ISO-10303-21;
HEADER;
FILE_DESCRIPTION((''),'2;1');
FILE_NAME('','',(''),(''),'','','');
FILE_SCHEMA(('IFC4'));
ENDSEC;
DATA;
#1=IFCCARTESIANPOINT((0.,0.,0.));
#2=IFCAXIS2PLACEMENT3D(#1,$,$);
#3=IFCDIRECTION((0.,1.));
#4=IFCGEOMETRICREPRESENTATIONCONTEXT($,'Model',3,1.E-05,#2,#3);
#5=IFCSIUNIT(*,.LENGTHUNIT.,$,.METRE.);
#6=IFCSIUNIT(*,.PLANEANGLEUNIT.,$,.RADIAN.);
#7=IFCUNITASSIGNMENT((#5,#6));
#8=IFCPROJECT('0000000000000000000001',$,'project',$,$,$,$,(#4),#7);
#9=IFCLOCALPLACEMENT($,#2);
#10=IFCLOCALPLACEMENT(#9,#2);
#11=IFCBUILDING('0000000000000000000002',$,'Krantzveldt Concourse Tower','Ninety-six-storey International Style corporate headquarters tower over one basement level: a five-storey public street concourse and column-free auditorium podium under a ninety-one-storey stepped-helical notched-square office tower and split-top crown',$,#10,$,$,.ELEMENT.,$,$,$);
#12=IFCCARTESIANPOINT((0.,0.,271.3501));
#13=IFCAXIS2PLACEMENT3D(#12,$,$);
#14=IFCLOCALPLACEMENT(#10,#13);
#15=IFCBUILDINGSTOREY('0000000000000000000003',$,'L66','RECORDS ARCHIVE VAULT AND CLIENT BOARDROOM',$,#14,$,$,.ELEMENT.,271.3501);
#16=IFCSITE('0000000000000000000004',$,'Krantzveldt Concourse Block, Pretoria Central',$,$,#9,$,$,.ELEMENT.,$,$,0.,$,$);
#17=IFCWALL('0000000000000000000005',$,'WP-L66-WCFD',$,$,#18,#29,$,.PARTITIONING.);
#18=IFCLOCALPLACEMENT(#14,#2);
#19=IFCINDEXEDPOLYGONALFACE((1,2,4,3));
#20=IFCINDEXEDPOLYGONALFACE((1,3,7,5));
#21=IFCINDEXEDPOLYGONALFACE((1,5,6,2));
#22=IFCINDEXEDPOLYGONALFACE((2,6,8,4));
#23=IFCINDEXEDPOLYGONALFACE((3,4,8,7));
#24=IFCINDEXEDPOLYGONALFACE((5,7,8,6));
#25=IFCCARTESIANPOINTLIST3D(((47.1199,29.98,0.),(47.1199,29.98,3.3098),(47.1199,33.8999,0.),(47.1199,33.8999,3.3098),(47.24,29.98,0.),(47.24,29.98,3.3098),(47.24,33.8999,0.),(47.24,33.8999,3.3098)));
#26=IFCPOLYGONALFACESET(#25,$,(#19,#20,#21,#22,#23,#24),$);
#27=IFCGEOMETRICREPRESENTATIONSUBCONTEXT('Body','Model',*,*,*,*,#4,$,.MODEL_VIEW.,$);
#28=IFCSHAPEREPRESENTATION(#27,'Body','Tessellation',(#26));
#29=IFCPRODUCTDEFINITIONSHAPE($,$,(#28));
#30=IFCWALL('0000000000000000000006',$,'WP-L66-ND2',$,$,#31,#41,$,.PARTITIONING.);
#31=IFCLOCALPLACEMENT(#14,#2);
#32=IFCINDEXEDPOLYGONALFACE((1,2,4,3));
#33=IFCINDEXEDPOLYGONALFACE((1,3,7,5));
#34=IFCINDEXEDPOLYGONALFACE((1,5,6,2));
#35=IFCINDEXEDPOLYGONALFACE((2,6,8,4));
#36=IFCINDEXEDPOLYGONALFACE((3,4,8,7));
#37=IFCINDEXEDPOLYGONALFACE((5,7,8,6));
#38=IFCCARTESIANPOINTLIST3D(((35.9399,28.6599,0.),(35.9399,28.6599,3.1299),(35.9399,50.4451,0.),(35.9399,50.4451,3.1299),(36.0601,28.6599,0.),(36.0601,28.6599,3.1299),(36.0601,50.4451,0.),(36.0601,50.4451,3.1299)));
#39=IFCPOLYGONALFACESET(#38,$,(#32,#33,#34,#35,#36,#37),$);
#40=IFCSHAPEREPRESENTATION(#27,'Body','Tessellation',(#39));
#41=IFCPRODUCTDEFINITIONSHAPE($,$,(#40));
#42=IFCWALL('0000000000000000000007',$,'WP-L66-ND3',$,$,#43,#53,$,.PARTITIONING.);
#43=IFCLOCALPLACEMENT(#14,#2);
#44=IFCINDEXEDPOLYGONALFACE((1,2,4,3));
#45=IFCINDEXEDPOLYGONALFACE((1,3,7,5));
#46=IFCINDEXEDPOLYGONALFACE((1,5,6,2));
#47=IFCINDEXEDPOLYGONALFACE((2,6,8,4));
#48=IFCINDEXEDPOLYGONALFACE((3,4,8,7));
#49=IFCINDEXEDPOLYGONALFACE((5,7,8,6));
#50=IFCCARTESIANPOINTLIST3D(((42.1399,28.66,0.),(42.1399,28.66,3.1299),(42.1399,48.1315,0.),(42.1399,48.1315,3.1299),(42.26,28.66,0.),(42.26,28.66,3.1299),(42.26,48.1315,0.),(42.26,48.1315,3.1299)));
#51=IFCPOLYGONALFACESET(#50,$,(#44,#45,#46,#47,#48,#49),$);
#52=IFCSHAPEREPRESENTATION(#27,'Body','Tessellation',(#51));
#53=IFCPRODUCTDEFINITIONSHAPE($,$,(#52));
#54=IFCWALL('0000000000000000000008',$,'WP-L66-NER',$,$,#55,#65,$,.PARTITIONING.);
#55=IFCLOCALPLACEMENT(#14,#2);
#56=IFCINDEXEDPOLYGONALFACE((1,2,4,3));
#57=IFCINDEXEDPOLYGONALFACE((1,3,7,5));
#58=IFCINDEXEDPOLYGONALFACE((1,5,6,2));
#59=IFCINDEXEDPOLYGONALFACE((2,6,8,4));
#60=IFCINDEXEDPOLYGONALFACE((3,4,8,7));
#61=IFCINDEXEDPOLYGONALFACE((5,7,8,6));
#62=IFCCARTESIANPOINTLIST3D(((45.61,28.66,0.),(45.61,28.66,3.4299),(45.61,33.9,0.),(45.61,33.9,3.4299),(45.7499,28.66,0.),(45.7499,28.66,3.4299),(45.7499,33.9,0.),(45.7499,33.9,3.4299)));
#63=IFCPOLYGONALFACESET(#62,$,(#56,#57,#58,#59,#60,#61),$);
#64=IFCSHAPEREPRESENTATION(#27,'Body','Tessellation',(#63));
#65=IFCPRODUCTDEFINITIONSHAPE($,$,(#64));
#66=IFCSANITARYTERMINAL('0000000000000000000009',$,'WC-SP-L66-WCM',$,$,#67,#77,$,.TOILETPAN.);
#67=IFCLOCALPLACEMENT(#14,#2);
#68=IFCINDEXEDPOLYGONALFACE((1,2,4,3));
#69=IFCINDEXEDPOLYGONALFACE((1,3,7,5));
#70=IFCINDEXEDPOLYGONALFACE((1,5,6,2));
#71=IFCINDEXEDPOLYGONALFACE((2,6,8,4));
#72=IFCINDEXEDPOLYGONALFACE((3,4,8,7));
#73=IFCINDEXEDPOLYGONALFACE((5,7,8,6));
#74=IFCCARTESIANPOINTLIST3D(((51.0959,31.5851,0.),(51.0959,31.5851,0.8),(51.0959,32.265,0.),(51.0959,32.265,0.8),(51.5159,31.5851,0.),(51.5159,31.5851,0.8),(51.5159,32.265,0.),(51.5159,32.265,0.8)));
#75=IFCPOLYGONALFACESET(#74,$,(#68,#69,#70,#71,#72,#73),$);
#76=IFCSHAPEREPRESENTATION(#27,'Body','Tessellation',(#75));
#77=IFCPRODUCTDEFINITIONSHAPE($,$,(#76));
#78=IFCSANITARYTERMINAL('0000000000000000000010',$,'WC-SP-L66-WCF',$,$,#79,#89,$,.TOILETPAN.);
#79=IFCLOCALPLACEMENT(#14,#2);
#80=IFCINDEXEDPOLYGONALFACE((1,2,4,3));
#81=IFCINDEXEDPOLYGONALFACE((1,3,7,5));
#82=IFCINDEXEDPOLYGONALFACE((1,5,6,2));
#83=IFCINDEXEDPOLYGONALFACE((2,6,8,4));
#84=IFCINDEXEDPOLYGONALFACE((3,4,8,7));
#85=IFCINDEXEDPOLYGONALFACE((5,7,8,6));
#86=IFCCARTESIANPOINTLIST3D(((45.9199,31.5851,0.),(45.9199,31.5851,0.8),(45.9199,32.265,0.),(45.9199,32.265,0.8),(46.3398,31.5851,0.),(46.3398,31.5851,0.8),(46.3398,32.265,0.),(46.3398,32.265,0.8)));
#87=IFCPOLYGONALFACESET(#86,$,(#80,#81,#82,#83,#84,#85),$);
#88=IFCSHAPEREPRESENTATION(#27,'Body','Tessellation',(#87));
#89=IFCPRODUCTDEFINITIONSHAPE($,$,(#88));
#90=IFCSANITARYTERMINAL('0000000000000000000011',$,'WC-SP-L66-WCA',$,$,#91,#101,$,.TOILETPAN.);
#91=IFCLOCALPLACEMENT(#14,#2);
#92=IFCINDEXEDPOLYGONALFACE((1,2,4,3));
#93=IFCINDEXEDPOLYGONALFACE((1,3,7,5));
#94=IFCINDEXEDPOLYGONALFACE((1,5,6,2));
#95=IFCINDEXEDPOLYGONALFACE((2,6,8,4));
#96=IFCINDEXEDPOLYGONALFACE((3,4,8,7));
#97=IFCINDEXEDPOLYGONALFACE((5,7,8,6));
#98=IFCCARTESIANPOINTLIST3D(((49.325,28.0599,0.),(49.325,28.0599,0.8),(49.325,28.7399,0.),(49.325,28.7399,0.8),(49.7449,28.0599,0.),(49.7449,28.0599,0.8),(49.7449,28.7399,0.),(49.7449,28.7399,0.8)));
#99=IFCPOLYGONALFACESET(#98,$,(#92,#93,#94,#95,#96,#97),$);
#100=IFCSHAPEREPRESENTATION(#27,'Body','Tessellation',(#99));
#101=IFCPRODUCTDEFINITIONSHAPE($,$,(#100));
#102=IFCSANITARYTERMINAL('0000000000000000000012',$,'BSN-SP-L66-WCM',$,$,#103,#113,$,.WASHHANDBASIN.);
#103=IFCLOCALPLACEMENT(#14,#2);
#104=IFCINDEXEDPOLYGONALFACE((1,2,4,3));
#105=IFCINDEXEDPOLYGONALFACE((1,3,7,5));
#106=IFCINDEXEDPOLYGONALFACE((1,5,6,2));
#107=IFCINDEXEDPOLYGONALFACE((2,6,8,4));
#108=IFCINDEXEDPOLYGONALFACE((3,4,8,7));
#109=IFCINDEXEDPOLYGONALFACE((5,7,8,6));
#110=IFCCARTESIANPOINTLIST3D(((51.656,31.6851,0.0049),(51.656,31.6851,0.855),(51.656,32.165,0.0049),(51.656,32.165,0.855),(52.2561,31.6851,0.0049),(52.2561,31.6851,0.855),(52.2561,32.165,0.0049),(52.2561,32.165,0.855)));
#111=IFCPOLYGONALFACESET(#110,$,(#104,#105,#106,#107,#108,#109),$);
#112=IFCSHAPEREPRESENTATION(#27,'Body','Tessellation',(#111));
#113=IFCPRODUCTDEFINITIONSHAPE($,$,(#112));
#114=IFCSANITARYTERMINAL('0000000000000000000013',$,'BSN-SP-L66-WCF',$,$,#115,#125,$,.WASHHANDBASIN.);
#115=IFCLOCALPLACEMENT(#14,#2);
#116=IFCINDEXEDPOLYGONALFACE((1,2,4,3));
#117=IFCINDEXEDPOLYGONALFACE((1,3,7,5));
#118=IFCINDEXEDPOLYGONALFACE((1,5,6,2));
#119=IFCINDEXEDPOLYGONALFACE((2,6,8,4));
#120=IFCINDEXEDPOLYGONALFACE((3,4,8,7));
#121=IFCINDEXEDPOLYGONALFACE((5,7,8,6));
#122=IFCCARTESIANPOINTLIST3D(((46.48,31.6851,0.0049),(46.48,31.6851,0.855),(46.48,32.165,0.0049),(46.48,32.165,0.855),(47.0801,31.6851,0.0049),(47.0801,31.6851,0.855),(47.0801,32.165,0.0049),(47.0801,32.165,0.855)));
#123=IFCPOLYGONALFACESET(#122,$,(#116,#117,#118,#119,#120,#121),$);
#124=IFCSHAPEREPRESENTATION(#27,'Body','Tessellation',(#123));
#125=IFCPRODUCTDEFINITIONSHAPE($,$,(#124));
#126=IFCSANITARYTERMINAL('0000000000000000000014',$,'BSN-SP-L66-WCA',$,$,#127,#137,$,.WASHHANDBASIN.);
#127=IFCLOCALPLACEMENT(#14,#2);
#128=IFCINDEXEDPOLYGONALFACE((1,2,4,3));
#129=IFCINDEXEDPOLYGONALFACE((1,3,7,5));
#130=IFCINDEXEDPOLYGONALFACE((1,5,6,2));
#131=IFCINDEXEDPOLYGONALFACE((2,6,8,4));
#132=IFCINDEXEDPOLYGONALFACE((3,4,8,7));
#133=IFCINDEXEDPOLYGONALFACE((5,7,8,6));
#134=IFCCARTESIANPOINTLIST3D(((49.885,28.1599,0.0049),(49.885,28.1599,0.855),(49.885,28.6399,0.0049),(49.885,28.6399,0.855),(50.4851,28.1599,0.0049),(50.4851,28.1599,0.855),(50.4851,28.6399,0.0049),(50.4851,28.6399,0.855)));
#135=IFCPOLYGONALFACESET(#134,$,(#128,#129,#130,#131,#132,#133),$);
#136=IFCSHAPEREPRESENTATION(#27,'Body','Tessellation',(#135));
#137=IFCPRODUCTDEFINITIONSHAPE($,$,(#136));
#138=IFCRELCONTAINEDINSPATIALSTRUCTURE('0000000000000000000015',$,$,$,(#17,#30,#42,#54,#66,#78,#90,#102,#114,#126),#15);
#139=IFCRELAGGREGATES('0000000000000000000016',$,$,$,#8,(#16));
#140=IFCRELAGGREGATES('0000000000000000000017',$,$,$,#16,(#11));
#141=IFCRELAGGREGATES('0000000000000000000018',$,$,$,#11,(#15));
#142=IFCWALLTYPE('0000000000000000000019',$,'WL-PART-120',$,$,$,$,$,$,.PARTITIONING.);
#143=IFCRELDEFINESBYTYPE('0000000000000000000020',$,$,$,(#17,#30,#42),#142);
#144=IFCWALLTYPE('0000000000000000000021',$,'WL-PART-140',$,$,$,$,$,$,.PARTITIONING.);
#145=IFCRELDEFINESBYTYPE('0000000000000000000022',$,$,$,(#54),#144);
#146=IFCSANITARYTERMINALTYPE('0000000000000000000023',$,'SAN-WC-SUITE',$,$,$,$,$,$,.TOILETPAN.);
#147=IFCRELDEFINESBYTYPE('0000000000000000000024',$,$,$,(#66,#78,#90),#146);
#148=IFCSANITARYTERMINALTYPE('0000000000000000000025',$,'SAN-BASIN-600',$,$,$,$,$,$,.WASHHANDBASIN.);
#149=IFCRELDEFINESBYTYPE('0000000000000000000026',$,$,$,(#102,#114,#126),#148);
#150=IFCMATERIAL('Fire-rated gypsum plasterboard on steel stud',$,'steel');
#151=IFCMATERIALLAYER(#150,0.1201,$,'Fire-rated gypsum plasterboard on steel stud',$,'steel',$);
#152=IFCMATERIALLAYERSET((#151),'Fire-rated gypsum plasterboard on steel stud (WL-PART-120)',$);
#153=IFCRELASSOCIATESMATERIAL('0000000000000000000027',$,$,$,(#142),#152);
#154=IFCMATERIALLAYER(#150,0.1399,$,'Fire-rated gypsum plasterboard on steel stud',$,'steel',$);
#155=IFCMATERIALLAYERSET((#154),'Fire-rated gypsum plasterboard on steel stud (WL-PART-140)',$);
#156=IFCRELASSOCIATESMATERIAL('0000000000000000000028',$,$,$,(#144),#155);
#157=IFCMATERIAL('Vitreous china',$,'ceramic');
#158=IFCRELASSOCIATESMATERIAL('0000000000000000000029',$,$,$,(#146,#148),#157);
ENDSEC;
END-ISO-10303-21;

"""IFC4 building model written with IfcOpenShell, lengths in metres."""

from ifc_helpers import new_model, si_unit, direction, frame, frame_2d, origin, origin_2d, place, context, subcontext, project, spatial, rectangle, extrude, source, transform, mapped, material, layer, layer_set, type_object, type_shapes, element, save


model = new_model("IFC4")

# Units and contexts
model_context = context("Model", 3, precision=1e-05, world=origin(), true_north=direction((0.0, 1.0)))
body_context = subcontext(model_context, "Body", "Model", "MODEL_VIEW")
ifc_project = project(units=[si_unit("LENGTHUNIT", "METRE"), si_unit("PLANEANGLEUNIT", "RADIAN")], contexts=[model_context])

# Site, building, storey
site_placement = place(None, origin())
site = spatial("IfcSite", under=ifc_project, at=site_placement, Name="Krantzveldt Concourse Block, Pretoria Central", CompositionType="ELEMENT", RefElevation=0.0)
building_placement = place(site_placement, origin())
building = spatial("IfcBuilding", under=site, at=building_placement, Name="Krantzveldt Concourse Tower", Description="Ninety-six-storey International Style corporate headquarters tower over one basement level: a five-storey public street concourse and column-free auditorium podium under a ninety-one-storey stepped-helical notched-square office tower and split-top crown", CompositionType="ELEMENT")
storey_placement = place(building_placement, frame((0.0, 0.0, 271.3501)))
storey = spatial("IfcBuildingStorey", under=building, at=storey_placement, Name="L66", Description="RECORDS ARCHIVE VAULT AND CLIENT BOARDROOM", CompositionType="ELEMENT", Elevation=271.3501)

# Shared definitions
ifc_material_1 = material(Name="Fire-rated gypsum plasterboard on steel stud", Category="steel")
ifc_layer_1 = layer(ifc_material_1, 0.1201, Name="Fire-rated gypsum plasterboard on steel stud", Category="steel")
ifc_layer_set_1 = layer_set([ifc_layer_1], Name="Fire-rated gypsum plasterboard on steel stud (WL-PART-120)")
wall_type_1 = type_object("IfcWallType", Name="WL-PART-120", PredefinedType="PARTITIONING", material=ifc_layer_set_1)

# Walls
wall_1_placement = place(storey_placement, frame((47.1799, 29.98, 0.0), z_axis=(0.0, 0.0, 1.0), x_axis=(0.0, 1.0, 0.0)))
element("IfcWall", 1, at=wall_1_placement, inside=storey, type_object=wall_type_1, Name="WP-L66-WCFD", PredefinedType="PARTITIONING", context=body_context, shape_type="SweptSolid", body=[
    extrude(rectangle(XDim=3.9199, YDim=0.1201, at=frame_2d((1.96, 0.0))), origin(), (0.0, 0.0, 1.0), 3.3098),
])
wall_2_placement = place(storey_placement, frame((36.0, 28.6599, 0.0), z_axis=(0.0, 0.0, 1.0), x_axis=(0.0, 1.0, 0.0)))
element("IfcWall", 2, at=wall_2_placement, inside=storey, type_object=wall_type_1, Name="WP-L66-ND2", PredefinedType="PARTITIONING", context=body_context, shape_type="SweptSolid", body=[
    extrude(rectangle(XDim=21.7852, YDim=0.1201, at=frame_2d((10.8926, 0.0))), origin(), (0.0, 0.0, 1.0), 3.1299),
])
wall_3_placement = place(storey_placement, frame((42.2, 28.6599, 0.0), z_axis=(0.0, 0.0, 1.0), x_axis=(0.0, 1.0, 0.0)))
element("IfcWall", 3, at=wall_3_placement, inside=storey, type_object=wall_type_1, Name="WP-L66-ND3", PredefinedType="PARTITIONING", context=body_context, shape_type="SweptSolid", body=[
    extrude(rectangle(XDim=19.4714, YDim=0.1201, at=frame_2d((9.7358, 0.0))), origin(), (0.0, 0.0, 1.0), 3.1299),
])
ifc_layer_2 = layer(ifc_material_1, 0.1399, Name="Fire-rated gypsum plasterboard on steel stud", Category="steel")
ifc_layer_set_2 = layer_set([ifc_layer_2], Name="Fire-rated gypsum plasterboard on steel stud (WL-PART-140)")
wall_type_2 = type_object("IfcWallType", Name="WL-PART-140", PredefinedType="PARTITIONING", material=ifc_layer_set_2)
wall_4_placement = place(storey_placement, frame((45.6799, 28.6599, 0.0), z_axis=(0.0, 0.0, 1.0), x_axis=(0.0, 1.0, 0.0)))
element("IfcWall", 4, at=wall_4_placement, inside=storey, type_object=wall_type_2, Name="WP-L66-NER", PredefinedType="PARTITIONING", context=body_context, shape_type="SweptSolid", body=[
    extrude(rectangle(XDim=5.24, YDim=0.1399, at=frame_2d((2.6201, 0.0))), origin(), (0.0, 0.0, 1.0), 3.4299),
])

# Sanitary terminals
ifc_material_2 = material(Name="Vitreous china", Category="ceramic")
sanitary_terminal_type_1 = type_object("IfcSanitaryTerminalType", Name="SAN-WC-SUITE", PredefinedType="TOILETPAN", material=ifc_material_2)
shared_shape_1 = source(origin(), body_context, "Body", "SweptSolid", [
    extrude(rectangle(XDim=0.4199, YDim=0.6799, at=origin_2d()), origin(), (0.0, 0.0, 1.0), 0.8),
])
type_shapes(sanitary_terminal_type_1, [shared_shape_1])
for number, where, z_axis, x_axis, name in (
    (5, (51.3059, 31.925, 0.0), (0.0, 0.0, 1.0), (1.0, 0.0, 0.0), "WC-SP-L66-WCM"),
    (6, (46.1299, 31.925, 0.0), (0.0, 0.0, 1.0), (1.0, 0.0, 0.0), "WC-SP-L66-WCF"),
    (7, (49.5349, 28.3999, 0.0), (0.0, 0.0, 1.0), (1.0, 0.0, 0.0), "WC-SP-L66-WCA"),
):
    element("IfcSanitaryTerminal", number, at=place(storey_placement, frame(where, z_axis=z_axis, x_axis=x_axis)), inside=storey, type_object=sanitary_terminal_type_1, Name=name, PredefinedType="TOILETPAN", context=body_context, shape_type="MappedRepresentation", body=[
        mapped(shared_shape_1, transform((0.0, 0.0, 0.0), x_axis=(1.0, 0.0, 0.0), y_axis=(0.0, 1.0, 0.0), z_axis=(0.0, 0.0, 1.0), scale=1.0)),
    ])
sanitary_terminal_type_2 = type_object("IfcSanitaryTerminalType", Name="SAN-BASIN-600", PredefinedType="WASHHANDBASIN", material=ifc_material_2)
shared_shape_2 = source(origin(), body_context, "Body", "SweptSolid", [
    extrude(rectangle(XDim=0.6001, YDim=0.48, at=origin_2d()), origin(), (0.0, 0.0, 1.0), 0.8501),
])
type_shapes(sanitary_terminal_type_2, [shared_shape_2])
for number, where, z_axis, x_axis, name in (
    (8, (51.9561, 31.925, 0.0049), (0.0, 0.0, 1.0), (1.0, 0.0, 0.0), "BSN-SP-L66-WCM"),
    (9, (46.78, 31.925, 0.0049), (0.0, 0.0, 1.0), (1.0, 0.0, 0.0), "BSN-SP-L66-WCF"),
    (10, (50.1851, 28.3999, 0.0049), (0.0, 0.0, 1.0), (1.0, 0.0, 0.0), "BSN-SP-L66-WCA"),
):
    element("IfcSanitaryTerminal", number, at=place(storey_placement, frame(where, z_axis=z_axis, x_axis=x_axis)), inside=storey, type_object=sanitary_terminal_type_2, Name=name, PredefinedType="WASHHANDBASIN", context=body_context, shape_type="MappedRepresentation", body=[
        mapped(shared_shape_2, transform((0.0, 0.0, 0.0), x_axis=(1.0, 0.0, 0.0), y_axis=(0.0, 1.0, 0.0), z_axis=(0.0, 0.0, 1.0), scale=1.0)),
    ])

save(model, "model.ifc")
